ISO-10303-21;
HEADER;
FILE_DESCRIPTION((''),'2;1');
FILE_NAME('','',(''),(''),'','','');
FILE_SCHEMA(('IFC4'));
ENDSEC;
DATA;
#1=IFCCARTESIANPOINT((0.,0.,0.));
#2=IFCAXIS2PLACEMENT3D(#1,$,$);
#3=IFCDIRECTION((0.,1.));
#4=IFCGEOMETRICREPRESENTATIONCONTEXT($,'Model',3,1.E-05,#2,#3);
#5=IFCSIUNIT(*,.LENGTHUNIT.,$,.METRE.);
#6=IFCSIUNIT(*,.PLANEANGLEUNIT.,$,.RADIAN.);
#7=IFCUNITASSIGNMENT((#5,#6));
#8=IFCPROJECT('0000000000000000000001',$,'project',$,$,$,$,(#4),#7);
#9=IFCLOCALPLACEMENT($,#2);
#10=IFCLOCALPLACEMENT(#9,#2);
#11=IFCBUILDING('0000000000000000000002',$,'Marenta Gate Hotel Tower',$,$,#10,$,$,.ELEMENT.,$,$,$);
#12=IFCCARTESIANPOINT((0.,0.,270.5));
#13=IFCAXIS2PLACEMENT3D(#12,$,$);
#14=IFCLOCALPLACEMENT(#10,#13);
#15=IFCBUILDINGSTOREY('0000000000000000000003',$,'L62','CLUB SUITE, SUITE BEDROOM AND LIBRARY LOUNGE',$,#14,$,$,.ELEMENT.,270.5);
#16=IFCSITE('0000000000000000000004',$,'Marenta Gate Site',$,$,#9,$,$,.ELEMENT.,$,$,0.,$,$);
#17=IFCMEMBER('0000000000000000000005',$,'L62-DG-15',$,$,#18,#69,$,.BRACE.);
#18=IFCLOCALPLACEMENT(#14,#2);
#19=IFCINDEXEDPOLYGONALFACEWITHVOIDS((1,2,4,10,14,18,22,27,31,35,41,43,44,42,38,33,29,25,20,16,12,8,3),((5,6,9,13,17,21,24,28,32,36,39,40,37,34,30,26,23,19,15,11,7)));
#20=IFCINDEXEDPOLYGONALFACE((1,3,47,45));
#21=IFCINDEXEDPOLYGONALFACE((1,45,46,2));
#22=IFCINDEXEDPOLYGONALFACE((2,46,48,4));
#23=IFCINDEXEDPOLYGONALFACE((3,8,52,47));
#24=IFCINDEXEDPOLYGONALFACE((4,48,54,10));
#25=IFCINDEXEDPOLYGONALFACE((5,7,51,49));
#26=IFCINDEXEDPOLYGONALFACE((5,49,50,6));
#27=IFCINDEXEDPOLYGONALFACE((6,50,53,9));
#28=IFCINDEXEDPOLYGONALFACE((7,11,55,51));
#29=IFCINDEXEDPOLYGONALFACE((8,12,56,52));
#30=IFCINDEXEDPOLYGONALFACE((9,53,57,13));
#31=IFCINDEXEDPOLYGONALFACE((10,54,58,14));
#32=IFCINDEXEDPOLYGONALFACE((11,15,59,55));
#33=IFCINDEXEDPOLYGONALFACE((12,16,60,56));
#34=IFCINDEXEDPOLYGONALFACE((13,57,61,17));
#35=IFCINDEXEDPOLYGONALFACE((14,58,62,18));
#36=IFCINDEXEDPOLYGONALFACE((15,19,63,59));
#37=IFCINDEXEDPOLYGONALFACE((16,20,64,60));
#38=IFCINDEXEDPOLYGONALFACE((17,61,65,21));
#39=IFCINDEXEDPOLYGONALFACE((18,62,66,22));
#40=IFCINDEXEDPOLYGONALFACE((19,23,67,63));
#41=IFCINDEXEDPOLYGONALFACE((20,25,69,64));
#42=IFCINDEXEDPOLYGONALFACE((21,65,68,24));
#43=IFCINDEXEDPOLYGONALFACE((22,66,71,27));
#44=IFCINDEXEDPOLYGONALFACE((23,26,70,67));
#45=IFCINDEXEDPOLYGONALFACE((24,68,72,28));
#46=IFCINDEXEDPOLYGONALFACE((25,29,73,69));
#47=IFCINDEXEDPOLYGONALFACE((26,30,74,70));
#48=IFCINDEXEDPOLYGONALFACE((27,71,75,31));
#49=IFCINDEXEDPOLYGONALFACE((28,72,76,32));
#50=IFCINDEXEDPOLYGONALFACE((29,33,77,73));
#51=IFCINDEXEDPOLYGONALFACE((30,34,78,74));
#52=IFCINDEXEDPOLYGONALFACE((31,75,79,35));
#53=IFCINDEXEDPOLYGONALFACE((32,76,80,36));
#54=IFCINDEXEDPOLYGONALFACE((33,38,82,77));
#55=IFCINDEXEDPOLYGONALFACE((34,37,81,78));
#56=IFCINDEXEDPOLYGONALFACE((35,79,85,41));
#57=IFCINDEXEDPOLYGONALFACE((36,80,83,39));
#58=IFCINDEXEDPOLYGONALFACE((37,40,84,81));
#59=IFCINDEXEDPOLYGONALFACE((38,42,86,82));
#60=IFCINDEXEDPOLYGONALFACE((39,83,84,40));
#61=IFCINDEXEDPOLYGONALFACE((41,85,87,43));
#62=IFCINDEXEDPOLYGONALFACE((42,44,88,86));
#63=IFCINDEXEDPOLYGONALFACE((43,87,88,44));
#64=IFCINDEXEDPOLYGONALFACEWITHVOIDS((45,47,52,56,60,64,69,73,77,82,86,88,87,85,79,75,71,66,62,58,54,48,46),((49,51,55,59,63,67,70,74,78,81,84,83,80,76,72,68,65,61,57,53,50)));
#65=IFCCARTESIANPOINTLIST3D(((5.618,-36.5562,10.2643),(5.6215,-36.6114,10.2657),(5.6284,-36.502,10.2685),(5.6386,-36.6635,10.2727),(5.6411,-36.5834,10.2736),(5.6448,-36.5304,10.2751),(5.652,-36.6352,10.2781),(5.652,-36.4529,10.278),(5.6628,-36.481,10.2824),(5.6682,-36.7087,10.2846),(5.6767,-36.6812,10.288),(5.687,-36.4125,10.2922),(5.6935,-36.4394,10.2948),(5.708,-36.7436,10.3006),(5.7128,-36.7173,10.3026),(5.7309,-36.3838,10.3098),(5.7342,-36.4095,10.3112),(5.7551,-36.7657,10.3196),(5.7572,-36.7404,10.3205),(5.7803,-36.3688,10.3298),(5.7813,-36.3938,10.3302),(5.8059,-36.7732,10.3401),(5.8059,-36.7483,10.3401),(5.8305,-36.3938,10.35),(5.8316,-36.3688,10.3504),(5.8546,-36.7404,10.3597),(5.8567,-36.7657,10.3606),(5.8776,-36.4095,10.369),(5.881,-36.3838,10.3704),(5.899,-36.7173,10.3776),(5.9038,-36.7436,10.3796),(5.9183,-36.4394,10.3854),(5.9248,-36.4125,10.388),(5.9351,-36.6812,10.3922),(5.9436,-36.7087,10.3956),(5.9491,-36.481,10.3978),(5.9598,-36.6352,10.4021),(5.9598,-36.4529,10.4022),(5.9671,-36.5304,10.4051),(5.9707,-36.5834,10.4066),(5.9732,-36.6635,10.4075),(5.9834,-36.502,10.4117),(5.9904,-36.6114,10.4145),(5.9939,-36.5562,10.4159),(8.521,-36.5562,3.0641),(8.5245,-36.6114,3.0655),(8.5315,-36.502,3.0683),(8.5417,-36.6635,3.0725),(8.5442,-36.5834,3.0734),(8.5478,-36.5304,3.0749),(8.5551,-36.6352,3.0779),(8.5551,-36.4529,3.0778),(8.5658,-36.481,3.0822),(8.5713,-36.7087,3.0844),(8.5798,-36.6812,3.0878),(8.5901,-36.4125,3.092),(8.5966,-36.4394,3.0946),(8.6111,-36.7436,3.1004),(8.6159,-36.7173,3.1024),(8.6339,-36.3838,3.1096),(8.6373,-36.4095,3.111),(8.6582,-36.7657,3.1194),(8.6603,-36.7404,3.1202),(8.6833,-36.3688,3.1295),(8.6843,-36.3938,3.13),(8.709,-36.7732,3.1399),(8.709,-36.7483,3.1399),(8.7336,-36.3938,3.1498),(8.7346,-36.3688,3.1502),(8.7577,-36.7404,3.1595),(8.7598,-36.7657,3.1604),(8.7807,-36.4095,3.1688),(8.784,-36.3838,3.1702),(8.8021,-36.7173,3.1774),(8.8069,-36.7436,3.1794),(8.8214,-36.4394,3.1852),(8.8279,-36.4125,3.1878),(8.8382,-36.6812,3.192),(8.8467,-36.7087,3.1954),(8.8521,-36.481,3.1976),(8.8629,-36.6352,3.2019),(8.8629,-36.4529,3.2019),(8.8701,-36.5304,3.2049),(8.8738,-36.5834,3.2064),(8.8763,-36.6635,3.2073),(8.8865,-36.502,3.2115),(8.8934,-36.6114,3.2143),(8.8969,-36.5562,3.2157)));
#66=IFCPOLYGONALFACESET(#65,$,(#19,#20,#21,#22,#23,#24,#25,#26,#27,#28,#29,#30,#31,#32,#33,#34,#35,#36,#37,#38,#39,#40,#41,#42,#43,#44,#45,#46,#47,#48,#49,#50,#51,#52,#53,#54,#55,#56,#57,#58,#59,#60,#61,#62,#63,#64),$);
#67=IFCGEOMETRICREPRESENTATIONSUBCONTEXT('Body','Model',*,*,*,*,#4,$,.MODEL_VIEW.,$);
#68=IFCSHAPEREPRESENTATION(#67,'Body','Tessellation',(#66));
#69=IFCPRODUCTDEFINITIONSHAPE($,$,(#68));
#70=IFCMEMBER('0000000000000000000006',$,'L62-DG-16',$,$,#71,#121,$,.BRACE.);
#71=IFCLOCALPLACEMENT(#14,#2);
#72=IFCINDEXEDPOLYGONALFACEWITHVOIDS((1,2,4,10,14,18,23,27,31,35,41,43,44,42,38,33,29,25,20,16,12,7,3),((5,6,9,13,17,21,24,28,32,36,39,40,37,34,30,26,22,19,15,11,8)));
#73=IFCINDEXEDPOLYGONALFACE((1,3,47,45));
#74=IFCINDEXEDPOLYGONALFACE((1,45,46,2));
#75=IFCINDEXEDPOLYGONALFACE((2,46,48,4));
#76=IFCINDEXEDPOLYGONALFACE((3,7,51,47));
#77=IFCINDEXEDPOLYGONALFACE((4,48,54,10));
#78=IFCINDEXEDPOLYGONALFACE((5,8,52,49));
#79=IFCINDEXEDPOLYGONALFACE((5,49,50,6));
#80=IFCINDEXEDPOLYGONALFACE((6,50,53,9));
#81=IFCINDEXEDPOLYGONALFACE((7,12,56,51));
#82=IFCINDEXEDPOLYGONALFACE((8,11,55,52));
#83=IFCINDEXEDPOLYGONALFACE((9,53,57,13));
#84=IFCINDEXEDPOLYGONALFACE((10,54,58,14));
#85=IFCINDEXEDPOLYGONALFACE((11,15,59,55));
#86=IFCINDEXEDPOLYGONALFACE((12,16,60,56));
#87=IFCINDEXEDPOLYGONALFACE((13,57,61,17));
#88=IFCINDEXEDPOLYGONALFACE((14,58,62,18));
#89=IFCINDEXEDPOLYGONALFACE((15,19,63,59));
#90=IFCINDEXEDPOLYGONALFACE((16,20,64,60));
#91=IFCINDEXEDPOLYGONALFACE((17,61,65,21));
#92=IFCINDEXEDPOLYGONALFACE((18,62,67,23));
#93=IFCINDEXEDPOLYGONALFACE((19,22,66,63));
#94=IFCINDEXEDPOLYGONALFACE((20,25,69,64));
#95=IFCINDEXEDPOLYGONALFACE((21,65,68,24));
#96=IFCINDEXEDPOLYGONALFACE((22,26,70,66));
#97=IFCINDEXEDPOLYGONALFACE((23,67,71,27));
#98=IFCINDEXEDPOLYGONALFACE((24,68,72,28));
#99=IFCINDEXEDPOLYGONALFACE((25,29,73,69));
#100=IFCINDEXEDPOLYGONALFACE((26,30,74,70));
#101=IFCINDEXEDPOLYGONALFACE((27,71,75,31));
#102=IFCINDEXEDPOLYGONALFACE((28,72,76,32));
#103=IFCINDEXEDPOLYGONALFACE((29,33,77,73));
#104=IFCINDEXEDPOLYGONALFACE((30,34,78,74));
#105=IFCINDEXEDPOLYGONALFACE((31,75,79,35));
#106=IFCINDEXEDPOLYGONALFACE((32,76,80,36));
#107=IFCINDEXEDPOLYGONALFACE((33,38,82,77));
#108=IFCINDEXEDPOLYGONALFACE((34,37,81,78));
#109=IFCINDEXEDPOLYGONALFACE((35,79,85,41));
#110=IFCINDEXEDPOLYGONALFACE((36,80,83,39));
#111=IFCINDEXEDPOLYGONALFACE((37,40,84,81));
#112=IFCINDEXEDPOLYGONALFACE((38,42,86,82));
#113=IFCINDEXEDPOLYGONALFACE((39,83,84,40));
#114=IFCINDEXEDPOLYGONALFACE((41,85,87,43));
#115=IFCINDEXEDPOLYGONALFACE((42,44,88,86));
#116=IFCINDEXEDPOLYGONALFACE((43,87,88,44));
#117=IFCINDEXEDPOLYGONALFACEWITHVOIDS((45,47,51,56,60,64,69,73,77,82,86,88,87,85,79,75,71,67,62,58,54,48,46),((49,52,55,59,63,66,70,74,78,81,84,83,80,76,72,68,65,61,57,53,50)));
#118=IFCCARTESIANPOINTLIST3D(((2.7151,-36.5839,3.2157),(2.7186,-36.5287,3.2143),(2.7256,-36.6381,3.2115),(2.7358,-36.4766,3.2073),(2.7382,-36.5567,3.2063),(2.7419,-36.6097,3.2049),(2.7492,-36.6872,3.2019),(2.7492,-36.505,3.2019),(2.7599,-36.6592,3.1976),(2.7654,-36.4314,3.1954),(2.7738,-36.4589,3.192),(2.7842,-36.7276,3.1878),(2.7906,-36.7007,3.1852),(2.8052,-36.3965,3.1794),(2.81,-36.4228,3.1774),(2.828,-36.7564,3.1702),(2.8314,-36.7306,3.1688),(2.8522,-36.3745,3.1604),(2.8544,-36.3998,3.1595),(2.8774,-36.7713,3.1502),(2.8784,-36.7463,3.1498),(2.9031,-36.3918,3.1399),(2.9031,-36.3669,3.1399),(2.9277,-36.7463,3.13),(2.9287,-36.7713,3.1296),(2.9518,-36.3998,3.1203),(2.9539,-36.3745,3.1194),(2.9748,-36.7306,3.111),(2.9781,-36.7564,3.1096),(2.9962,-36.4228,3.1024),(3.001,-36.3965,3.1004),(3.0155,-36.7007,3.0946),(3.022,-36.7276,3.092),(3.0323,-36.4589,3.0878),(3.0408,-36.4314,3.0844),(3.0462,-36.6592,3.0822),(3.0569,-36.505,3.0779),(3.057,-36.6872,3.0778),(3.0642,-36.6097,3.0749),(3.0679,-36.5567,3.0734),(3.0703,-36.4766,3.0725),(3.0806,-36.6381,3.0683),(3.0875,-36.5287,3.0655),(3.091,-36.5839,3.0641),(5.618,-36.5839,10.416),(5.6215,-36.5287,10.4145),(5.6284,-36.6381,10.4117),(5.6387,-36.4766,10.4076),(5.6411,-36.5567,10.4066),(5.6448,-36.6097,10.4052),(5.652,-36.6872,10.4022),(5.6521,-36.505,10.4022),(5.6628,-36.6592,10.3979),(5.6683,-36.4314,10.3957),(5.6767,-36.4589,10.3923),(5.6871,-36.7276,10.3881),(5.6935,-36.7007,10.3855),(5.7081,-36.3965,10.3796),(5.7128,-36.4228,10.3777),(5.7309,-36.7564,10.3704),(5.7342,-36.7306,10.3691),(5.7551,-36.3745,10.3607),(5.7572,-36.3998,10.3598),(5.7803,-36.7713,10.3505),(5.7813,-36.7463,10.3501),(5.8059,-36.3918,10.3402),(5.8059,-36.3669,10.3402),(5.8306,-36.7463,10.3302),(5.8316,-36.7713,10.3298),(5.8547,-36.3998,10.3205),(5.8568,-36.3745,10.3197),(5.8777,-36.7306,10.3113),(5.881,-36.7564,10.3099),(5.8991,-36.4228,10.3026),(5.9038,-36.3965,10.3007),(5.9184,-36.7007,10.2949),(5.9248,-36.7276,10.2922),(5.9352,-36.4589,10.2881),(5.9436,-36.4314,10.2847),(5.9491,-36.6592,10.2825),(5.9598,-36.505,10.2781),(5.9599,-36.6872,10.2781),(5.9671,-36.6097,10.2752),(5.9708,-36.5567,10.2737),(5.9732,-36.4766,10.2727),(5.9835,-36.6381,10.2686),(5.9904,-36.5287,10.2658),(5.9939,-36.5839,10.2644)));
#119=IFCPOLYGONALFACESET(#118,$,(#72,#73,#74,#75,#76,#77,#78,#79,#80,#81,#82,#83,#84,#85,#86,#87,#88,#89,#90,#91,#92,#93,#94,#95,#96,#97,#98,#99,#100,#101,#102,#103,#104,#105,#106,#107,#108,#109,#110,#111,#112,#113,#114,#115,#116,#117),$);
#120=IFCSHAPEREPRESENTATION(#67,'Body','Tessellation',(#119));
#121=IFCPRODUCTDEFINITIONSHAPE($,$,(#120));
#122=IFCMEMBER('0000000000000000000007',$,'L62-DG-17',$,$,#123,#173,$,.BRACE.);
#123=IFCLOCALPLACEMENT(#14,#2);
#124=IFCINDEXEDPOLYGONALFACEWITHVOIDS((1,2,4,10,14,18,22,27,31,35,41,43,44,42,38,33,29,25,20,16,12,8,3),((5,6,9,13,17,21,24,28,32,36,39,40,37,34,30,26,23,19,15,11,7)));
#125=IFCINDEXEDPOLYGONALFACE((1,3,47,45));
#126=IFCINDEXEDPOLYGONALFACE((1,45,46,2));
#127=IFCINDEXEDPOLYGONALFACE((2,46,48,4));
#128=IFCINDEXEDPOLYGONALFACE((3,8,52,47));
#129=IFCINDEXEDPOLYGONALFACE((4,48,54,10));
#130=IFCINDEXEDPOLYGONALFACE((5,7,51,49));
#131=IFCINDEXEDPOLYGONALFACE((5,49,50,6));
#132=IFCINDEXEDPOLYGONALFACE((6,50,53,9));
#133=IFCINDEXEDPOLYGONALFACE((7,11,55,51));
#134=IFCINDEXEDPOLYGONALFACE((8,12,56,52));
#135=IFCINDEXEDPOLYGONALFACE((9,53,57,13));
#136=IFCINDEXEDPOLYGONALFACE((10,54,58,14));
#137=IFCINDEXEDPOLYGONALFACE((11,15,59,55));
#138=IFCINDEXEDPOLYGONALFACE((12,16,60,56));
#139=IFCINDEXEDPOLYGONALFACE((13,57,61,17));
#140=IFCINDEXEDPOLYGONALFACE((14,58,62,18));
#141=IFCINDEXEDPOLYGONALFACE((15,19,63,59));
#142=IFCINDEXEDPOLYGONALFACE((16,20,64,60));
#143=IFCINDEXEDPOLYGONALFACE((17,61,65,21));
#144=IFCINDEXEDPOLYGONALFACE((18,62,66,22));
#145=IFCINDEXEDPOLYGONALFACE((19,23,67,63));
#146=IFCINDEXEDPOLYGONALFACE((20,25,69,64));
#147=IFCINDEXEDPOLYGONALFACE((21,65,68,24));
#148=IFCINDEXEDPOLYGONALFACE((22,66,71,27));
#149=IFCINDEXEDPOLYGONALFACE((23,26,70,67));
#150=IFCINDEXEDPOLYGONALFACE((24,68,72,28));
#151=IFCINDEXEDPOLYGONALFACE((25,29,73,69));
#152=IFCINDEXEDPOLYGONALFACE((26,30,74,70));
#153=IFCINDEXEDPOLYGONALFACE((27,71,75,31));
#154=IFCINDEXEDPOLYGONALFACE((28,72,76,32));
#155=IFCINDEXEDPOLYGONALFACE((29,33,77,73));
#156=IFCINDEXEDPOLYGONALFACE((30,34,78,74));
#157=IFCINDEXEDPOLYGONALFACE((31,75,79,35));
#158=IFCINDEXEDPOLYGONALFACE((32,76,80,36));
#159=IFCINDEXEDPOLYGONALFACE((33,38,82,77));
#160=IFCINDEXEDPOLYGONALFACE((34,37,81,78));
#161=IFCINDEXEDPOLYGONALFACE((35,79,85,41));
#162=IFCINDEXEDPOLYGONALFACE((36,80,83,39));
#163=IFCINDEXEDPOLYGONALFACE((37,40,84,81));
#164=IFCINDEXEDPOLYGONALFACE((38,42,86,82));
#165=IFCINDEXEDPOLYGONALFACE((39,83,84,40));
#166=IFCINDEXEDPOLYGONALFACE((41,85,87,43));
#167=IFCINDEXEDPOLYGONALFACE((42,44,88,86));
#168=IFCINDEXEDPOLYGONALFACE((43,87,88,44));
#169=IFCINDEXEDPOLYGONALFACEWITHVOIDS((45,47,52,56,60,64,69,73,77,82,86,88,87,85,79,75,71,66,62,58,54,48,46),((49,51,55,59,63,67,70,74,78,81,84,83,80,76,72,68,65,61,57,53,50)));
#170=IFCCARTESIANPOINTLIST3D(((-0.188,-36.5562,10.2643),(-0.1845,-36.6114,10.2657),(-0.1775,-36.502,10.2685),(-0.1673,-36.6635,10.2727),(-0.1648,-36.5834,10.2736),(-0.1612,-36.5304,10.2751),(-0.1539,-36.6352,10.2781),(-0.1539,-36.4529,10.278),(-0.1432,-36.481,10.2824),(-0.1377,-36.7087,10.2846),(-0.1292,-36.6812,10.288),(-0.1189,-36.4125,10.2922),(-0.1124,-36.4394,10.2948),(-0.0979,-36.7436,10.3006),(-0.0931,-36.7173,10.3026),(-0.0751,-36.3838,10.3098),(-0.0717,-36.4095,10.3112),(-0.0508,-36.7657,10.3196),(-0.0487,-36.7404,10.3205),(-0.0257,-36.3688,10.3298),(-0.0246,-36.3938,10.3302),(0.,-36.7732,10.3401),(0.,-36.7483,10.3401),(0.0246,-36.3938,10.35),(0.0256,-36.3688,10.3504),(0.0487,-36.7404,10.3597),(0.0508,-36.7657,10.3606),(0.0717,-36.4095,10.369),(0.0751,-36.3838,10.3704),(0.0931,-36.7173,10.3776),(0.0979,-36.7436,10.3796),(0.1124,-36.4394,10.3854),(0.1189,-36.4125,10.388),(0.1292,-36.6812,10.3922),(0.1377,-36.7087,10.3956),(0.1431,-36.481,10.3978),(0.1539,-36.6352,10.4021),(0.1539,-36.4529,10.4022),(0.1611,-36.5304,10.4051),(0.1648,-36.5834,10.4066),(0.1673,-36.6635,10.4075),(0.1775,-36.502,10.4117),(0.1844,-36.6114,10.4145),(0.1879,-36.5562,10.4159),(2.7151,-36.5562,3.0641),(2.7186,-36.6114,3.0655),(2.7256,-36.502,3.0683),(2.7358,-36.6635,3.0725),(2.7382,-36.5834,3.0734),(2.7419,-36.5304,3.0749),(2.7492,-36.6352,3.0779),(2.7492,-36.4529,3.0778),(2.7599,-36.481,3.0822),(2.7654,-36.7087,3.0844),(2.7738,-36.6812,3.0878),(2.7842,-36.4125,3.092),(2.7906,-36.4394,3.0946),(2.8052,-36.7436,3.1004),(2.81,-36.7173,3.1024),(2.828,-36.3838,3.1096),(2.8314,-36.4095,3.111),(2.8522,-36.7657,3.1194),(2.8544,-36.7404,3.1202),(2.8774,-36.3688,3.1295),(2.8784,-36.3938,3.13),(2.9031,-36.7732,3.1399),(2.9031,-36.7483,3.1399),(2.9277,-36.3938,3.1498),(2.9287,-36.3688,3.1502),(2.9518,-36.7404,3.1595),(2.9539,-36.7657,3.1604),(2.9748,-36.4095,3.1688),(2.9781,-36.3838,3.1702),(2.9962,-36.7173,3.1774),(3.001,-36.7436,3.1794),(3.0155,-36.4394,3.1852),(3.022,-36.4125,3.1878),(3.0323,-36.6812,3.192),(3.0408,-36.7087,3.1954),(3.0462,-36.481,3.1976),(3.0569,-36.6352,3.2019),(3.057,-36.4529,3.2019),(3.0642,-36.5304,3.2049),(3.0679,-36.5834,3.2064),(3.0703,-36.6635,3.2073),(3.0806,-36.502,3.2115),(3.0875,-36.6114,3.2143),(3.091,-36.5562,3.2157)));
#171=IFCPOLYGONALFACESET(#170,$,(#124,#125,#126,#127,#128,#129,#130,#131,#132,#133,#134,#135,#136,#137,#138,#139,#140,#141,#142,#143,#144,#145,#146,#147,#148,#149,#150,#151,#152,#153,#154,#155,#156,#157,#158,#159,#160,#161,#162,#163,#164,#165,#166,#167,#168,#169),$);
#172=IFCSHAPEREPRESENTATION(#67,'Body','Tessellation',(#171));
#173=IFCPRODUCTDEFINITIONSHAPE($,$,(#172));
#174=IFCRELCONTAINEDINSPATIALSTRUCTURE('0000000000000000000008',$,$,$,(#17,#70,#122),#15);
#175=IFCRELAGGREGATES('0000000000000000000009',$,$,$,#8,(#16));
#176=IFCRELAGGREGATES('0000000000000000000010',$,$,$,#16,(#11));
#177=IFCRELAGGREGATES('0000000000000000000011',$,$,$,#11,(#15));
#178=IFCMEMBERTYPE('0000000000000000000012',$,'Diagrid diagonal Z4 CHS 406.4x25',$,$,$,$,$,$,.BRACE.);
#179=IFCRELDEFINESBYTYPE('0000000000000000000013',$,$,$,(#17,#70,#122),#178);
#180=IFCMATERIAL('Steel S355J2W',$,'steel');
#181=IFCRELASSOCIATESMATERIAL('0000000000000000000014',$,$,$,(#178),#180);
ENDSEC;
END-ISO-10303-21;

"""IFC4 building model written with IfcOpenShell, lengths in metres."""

from ifc_helpers import new_model, si_unit, direction, frame, origin, origin_2d, place, context, subcontext, project, spatial, hollow_circle, extrude, material, material_profile, profile_set, type_object, element, save


model = new_model("IFC4")

# Units and contexts
model_context = context("Model", 3, precision=1e-05, world=origin(), true_north=direction((0.0, 1.0)))
body_context = subcontext(model_context, "Body", "Model", "MODEL_VIEW")
ifc_project = project(units=[si_unit("LENGTHUNIT", "METRE"), si_unit("PLANEANGLEUNIT", "RADIAN")], contexts=[model_context])

# Site, building, storey
site_placement = place(None, origin())
site = spatial("IfcSite", under=ifc_project, at=site_placement, Name="Marenta Gate Site", CompositionType="ELEMENT", RefElevation=0.0)
building_placement = place(site_placement, origin())
building = spatial("IfcBuilding", under=site, at=building_placement, Name="Marenta Gate Hotel Tower", CompositionType="ELEMENT")
storey_placement = place(building_placement, frame((0.0, 0.0, 270.5)))
storey = spatial("IfcBuildingStorey", under=building, at=storey_placement, Name="L62", Description="CLUB SUITE, SUITE BEDROOM AND LIBRARY LOUNGE", CompositionType="ELEMENT", Elevation=270.5)

# Members
ifc_material_1 = material(Name="Steel S355J2W", Category="steel")
ifc_material_profile_1 = material_profile(ifc_material_1, hollow_circle(Radius=0.2031, WallThickness=0.0249, at=origin_2d()), Name="CHS 406.4x25")
ifc_profile_set_1 = profile_set([ifc_material_profile_1], Name="Steel S355J2W")
member_type_1 = type_object("IfcMemberType", Name="Diagrid diagonal Z4 CHS 406.4x25", PredefinedType="BRACE", material=ifc_profile_set_1)
for number, where, z_axis, x_axis, name in (
    (1, (8.709, -36.5701, 3.1399), (-0.373943, 0.0, 0.927452), (0.0, -1.0, 0.0), "L62-DG-15"),
    (2, (2.9031, -36.5701, 3.1399), (0.373916, 0.0, 0.927463), (0.0, 1.0, 0.0), "L62-DG-16"),
    (3, (2.9031, -36.5701, 3.1399), (-0.373943, 0.0, 0.927452), (0.0, -1.0, 0.0), "L62-DG-17"),
):
    element("IfcMember", number, at=place(storey_placement, frame(where, z_axis=z_axis, x_axis=x_axis)), inside=storey, type_object=member_type_1, Name=name, PredefinedType="BRACE", context=body_context, shape_type="SweptSolid", body=[
        extrude(hollow_circle(Radius=0.2031, WallThickness=0.0249, at=origin_2d()), origin(), (0.0, 0.0, 1.0), 7.7634),
    ])

save(model, "model.ifc")
